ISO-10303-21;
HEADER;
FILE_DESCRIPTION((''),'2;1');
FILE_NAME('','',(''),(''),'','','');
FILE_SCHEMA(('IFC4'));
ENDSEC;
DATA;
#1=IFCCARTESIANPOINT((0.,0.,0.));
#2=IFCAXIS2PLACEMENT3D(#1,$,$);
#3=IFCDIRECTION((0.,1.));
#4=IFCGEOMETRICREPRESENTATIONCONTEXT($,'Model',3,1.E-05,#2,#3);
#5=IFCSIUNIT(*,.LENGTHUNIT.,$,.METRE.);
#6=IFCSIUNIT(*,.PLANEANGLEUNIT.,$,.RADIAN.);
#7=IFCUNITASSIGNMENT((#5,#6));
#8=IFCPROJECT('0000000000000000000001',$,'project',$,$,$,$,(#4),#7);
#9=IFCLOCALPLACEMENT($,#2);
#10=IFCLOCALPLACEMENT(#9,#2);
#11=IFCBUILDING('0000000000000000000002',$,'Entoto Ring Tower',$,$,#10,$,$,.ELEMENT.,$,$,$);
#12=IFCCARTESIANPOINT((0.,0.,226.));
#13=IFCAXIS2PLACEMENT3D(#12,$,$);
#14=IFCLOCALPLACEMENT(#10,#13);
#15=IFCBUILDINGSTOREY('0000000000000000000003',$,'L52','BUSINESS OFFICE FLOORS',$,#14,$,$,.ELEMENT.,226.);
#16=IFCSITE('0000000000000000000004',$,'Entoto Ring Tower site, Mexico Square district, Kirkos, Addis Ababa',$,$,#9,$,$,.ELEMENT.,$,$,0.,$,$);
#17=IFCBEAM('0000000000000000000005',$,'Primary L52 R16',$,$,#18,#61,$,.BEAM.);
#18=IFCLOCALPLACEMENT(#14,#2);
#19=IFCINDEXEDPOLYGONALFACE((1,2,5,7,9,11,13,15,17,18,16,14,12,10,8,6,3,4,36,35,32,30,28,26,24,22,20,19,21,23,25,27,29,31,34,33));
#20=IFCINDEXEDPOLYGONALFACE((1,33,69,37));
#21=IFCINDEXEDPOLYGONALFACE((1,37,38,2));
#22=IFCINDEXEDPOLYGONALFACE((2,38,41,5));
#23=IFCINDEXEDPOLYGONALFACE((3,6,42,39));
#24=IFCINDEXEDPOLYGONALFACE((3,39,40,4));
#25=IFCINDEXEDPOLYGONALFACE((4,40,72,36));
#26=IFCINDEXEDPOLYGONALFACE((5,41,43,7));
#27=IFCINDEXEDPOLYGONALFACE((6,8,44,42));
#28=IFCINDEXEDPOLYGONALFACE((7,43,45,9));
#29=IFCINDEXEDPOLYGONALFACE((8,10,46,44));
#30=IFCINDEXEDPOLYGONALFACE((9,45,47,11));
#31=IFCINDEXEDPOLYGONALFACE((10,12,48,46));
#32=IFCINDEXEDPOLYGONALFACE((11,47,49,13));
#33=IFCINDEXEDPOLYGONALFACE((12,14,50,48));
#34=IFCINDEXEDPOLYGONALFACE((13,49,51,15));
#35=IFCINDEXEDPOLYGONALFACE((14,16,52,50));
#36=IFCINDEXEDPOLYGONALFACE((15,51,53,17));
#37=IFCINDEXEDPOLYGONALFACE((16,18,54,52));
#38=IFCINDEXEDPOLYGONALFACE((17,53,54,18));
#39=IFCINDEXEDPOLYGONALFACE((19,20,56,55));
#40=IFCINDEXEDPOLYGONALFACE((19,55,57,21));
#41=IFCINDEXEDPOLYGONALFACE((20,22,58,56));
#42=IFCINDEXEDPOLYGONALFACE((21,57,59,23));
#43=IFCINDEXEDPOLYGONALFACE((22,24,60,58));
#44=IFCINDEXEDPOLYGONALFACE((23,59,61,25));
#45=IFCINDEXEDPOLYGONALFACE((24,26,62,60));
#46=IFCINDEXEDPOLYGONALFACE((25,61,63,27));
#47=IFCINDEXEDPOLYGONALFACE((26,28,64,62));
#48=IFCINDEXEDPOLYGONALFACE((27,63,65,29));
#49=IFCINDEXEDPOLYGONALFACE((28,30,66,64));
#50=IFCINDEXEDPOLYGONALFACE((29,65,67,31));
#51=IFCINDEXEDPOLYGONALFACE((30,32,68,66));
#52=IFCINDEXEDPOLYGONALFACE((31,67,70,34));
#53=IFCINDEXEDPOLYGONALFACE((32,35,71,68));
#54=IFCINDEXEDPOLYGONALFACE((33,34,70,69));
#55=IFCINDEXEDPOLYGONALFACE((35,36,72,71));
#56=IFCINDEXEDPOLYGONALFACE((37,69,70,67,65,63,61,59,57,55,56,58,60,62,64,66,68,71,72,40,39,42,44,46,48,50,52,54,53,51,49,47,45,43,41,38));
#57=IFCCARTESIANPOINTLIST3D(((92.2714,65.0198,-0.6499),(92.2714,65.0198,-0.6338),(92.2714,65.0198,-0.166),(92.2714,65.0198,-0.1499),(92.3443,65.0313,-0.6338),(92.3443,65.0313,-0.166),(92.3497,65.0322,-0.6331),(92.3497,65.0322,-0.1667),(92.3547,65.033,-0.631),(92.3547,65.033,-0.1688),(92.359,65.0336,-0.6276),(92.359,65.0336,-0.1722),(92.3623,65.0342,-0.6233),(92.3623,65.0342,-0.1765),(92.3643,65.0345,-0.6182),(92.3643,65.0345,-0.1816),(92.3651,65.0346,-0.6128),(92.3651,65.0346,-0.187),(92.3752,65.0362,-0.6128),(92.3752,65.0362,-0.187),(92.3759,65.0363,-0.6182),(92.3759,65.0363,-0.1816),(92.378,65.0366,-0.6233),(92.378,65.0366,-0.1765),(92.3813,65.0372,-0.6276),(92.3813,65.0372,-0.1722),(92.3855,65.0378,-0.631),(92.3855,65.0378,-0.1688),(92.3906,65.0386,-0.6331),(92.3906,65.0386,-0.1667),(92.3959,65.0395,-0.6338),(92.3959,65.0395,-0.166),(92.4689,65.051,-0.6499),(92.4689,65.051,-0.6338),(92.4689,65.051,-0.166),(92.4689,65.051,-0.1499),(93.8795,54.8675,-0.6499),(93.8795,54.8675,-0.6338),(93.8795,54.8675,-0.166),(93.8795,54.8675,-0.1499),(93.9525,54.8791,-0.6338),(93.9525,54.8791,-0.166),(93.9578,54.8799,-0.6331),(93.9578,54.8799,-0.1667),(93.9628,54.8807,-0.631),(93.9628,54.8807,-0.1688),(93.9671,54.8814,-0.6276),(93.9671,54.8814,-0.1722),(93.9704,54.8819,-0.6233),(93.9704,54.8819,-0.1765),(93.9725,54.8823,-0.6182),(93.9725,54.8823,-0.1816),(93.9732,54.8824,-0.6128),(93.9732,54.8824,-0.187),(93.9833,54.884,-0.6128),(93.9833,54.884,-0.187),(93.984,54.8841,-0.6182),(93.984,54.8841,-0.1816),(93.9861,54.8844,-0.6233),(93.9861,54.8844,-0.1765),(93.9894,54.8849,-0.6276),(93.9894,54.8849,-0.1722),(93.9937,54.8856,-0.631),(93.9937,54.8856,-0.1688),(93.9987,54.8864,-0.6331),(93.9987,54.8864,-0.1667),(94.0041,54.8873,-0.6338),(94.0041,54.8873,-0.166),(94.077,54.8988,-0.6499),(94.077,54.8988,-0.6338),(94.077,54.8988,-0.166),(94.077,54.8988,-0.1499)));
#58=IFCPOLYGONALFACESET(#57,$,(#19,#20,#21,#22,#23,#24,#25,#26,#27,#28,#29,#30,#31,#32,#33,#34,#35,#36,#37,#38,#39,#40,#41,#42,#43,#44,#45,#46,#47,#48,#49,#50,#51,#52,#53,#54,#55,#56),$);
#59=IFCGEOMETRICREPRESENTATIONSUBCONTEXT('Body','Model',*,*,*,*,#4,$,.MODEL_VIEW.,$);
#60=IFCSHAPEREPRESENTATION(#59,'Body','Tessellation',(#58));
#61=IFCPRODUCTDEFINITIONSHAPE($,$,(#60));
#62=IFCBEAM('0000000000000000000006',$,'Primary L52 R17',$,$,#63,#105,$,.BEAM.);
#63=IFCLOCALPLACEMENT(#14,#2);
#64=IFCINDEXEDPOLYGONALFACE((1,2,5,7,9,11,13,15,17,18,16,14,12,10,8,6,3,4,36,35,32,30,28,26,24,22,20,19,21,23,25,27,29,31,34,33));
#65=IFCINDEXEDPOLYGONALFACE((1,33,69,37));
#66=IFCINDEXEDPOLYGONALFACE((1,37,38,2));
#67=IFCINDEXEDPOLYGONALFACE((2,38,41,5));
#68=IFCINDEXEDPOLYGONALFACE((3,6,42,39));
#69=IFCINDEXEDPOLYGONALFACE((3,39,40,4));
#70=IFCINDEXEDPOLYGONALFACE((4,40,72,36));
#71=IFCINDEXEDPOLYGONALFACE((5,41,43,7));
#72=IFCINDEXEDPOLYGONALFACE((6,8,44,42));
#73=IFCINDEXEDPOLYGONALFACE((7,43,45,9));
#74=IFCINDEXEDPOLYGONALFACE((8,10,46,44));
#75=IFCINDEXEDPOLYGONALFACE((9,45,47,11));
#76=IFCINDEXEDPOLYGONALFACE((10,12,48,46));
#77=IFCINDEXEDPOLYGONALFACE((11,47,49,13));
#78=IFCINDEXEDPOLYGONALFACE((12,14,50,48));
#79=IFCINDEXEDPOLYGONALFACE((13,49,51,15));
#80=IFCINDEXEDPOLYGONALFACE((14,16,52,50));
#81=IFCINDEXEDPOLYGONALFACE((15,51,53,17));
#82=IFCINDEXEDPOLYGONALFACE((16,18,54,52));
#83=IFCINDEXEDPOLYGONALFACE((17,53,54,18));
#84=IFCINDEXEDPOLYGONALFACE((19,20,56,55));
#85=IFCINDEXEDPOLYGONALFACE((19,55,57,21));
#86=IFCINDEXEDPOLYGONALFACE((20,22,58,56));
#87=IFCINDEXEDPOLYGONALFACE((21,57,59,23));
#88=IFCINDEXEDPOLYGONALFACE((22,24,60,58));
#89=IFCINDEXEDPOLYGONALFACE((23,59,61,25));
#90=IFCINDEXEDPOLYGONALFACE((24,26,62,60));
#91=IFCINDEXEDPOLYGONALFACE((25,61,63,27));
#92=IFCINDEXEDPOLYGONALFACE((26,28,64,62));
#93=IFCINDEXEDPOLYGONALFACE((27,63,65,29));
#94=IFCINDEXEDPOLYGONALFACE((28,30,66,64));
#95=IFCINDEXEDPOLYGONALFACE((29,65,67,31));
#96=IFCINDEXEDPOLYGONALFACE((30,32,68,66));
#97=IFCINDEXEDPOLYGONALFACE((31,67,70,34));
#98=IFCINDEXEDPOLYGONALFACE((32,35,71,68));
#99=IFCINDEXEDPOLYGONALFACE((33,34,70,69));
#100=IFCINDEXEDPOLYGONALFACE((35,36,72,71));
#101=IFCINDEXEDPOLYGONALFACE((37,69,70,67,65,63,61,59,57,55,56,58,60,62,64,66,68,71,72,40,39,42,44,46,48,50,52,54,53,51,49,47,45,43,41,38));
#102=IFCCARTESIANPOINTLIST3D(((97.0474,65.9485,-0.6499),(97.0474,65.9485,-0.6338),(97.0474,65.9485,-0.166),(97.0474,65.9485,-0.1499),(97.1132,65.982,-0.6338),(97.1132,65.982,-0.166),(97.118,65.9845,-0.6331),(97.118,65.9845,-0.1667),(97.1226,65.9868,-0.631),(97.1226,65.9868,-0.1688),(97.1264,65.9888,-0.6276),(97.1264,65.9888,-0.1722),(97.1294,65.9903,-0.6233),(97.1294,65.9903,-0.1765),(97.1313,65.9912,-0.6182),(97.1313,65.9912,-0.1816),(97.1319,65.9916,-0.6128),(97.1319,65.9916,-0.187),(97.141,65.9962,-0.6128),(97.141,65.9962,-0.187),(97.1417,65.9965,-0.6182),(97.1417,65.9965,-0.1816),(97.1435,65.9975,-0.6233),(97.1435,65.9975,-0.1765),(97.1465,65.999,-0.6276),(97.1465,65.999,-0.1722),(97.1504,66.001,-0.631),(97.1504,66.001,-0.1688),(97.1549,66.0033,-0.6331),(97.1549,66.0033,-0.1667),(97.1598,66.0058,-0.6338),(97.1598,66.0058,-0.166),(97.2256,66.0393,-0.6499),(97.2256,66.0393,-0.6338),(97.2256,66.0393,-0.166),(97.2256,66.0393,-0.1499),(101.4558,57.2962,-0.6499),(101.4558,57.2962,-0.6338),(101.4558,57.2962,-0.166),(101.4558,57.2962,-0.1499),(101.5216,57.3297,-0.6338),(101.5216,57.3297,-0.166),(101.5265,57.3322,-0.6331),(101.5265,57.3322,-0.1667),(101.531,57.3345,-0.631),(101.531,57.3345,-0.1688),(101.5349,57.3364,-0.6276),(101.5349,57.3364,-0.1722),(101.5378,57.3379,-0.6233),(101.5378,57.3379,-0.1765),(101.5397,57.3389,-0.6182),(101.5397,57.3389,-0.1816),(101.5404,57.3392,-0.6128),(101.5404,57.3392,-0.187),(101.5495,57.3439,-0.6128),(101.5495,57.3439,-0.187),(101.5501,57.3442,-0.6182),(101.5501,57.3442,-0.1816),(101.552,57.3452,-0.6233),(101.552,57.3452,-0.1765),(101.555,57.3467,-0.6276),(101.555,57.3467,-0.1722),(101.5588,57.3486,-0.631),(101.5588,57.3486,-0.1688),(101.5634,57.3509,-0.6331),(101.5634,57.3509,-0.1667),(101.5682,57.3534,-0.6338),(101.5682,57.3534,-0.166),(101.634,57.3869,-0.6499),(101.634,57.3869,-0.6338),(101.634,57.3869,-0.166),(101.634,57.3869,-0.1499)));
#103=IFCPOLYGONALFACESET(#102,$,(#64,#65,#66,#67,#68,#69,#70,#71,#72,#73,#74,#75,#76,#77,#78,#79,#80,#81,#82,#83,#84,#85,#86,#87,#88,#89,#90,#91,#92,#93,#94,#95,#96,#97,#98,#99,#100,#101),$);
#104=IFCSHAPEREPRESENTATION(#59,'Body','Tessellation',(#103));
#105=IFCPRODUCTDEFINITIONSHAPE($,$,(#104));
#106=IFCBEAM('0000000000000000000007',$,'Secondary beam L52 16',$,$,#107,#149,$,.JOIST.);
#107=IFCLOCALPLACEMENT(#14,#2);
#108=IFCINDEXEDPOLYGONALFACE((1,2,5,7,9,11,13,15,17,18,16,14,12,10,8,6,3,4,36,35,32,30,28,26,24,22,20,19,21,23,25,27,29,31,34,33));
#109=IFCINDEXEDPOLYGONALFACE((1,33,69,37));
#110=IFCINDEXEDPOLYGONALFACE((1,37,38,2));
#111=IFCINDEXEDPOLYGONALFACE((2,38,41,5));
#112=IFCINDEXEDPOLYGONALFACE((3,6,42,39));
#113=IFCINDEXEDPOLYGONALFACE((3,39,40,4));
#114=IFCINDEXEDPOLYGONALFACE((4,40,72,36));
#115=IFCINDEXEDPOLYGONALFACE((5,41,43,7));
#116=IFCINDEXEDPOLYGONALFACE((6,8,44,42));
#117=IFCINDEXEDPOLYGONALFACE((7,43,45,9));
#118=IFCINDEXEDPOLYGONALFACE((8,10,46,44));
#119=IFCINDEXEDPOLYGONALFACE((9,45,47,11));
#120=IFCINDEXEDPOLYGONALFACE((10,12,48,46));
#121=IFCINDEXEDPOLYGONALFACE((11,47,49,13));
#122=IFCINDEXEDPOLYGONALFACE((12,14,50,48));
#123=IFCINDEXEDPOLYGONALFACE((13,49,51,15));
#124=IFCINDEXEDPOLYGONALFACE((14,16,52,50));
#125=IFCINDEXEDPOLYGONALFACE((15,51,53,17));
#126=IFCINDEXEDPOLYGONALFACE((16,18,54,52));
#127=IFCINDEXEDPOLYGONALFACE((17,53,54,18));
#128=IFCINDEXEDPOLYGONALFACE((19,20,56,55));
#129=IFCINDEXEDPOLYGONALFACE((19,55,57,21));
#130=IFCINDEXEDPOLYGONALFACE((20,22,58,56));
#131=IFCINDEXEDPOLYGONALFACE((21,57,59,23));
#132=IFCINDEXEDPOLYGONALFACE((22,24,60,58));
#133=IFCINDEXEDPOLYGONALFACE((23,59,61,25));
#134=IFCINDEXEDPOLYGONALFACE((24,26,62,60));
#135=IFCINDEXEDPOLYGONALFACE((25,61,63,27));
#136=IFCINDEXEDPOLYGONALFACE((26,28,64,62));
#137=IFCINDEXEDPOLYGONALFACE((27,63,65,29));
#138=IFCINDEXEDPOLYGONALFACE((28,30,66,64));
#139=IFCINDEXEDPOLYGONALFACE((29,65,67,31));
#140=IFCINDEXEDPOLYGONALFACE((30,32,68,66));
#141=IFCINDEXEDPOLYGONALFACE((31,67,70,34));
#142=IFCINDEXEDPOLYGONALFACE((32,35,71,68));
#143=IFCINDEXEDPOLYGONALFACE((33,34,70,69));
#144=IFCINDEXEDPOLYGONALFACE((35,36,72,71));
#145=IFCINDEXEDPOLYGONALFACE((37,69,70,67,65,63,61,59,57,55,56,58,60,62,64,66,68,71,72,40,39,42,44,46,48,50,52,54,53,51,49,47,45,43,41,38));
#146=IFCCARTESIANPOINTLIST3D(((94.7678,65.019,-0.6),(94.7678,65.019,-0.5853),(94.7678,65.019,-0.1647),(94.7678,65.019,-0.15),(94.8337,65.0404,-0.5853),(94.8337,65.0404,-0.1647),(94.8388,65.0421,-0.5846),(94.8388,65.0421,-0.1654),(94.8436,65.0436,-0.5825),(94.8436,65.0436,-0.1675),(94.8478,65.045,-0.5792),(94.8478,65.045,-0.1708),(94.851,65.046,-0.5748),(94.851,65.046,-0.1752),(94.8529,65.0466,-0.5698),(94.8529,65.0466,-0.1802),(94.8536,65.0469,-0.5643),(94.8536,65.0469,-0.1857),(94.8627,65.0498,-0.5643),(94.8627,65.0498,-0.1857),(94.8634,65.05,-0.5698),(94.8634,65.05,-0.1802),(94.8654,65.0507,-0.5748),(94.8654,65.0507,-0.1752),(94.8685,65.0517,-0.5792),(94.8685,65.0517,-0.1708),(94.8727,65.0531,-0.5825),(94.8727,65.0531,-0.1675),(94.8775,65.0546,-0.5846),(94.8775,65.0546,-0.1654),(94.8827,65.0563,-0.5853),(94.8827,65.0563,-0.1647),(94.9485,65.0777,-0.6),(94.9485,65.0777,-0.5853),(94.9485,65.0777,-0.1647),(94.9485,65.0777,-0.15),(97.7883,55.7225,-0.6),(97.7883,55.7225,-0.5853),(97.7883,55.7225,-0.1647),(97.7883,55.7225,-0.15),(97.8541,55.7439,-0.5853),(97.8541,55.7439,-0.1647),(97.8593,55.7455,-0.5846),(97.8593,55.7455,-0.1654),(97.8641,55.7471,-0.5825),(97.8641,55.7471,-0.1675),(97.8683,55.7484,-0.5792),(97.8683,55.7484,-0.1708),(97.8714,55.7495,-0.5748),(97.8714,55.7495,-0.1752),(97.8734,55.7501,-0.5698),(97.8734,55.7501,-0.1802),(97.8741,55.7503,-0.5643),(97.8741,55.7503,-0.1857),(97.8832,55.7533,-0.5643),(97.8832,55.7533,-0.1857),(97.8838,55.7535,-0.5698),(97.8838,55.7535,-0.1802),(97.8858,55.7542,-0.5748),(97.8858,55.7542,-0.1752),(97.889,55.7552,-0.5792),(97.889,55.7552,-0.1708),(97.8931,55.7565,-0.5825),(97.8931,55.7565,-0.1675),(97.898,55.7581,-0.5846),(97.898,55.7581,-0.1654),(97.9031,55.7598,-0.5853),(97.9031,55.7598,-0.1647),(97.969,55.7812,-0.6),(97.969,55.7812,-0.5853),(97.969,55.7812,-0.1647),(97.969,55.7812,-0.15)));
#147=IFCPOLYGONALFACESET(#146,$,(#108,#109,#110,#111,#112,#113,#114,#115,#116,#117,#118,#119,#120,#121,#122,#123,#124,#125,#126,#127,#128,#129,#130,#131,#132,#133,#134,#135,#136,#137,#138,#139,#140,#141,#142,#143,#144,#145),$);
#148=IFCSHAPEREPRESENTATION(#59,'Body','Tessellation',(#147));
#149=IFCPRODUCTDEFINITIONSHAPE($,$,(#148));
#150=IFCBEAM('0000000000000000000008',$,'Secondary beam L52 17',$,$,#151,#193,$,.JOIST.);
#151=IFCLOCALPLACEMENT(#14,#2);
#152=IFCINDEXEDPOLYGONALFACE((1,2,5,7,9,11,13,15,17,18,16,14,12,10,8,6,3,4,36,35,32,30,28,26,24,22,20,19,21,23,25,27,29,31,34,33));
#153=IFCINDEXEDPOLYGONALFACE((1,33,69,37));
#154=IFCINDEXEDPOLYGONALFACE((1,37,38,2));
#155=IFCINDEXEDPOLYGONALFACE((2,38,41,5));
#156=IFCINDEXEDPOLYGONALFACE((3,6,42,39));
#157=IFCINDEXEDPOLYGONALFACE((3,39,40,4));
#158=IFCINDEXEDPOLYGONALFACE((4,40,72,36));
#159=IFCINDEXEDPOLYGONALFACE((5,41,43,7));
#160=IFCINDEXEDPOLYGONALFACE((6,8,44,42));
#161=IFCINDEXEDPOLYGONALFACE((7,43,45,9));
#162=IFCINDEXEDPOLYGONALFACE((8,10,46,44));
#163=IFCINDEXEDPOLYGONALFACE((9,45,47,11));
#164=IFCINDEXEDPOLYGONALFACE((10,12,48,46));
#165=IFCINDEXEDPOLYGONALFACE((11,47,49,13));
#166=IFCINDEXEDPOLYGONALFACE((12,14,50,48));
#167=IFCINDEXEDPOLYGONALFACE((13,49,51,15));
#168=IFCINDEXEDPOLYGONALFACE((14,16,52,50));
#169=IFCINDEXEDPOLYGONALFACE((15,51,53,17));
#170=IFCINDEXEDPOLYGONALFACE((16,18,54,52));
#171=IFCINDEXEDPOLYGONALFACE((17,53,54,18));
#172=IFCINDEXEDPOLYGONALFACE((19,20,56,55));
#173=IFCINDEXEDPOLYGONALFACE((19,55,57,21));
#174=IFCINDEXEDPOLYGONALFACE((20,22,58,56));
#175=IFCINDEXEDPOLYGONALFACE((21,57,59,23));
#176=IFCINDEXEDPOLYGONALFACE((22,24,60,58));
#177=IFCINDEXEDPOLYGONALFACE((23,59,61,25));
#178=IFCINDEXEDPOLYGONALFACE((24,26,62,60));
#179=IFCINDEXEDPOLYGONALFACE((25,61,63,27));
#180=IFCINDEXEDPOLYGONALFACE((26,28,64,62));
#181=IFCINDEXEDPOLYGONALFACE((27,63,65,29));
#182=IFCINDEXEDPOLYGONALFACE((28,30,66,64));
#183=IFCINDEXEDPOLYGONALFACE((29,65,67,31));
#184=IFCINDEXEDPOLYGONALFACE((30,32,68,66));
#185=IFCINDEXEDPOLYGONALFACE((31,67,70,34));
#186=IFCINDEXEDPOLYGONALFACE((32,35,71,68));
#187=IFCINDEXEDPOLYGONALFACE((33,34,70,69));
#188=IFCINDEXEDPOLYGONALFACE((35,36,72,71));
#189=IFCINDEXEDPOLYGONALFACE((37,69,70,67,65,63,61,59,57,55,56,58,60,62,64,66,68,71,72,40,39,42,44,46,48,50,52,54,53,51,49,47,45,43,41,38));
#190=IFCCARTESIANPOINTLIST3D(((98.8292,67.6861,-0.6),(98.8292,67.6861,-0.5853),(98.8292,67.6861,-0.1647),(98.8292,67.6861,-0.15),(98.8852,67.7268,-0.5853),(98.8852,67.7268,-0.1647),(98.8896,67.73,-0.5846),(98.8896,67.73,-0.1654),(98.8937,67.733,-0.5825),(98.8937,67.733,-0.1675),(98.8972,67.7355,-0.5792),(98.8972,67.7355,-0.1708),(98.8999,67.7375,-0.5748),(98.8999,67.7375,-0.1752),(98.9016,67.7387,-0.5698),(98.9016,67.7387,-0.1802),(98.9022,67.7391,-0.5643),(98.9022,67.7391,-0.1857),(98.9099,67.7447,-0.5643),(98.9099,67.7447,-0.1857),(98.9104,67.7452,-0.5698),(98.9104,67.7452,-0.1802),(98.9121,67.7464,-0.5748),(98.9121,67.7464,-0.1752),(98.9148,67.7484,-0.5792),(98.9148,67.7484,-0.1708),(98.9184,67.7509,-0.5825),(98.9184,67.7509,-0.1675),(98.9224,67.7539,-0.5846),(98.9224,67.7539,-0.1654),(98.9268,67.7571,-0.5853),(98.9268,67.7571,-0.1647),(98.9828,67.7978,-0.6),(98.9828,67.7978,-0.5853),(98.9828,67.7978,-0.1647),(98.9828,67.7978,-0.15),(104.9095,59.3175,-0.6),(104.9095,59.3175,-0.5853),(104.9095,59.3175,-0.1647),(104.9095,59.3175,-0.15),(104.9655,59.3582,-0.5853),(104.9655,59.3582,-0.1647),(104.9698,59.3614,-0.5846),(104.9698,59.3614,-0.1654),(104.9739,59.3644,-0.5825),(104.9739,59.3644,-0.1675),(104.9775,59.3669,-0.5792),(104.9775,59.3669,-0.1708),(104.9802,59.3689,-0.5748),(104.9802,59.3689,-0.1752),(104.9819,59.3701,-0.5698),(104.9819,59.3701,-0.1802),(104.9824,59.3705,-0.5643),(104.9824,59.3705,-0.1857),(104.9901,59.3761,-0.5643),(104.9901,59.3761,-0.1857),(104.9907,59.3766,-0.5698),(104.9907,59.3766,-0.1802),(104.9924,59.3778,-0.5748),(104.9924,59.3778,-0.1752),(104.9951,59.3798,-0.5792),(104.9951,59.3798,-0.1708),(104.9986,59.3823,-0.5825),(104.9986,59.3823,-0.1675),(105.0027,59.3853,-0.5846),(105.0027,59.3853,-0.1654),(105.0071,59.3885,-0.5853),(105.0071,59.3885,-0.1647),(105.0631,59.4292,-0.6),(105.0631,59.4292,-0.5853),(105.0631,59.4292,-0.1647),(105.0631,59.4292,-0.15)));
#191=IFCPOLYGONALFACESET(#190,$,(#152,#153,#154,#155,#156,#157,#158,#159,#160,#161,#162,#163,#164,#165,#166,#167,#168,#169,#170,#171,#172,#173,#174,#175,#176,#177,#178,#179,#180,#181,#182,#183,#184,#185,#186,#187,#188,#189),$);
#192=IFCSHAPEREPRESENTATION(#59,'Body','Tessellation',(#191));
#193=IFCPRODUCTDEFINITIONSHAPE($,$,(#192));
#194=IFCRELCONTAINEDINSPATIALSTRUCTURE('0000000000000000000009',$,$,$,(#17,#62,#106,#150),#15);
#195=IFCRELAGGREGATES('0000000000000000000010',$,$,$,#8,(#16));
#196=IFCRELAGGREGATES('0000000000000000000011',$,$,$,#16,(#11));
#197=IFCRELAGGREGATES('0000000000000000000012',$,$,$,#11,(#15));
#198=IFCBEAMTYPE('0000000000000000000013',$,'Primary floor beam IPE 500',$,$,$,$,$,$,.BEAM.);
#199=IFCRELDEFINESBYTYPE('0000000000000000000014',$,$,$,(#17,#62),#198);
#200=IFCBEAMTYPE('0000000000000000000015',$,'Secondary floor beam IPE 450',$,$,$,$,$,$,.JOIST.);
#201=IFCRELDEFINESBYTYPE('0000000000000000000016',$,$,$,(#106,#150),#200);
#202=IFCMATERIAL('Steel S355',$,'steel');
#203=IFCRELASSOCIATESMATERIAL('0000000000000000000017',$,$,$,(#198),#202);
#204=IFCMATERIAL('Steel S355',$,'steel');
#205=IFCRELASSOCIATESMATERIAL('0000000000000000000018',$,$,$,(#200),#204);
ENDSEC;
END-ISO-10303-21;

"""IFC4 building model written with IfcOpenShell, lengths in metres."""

from ifc_helpers import new_model, si_unit, direction, frame, origin, origin_2d, place, context, subcontext, project, spatial, i_section, extrude, material, material_profile, profile_set, type_object, element, save


model = new_model("IFC4")

# Units and contexts
model_context = context("Model", 3, precision=1e-05, world=origin(), true_north=direction((0.0, 1.0)))
body_context = subcontext(model_context, "Body", "Model", "MODEL_VIEW")
ifc_project = project(units=[si_unit("LENGTHUNIT", "METRE"), si_unit("PLANEANGLEUNIT", "RADIAN")], contexts=[model_context])

# Site, building, storey
site_placement = place(None, origin())
site = spatial("IfcSite", under=ifc_project, at=site_placement, Name="Entoto Ring Tower site, Mexico Square district, Kirkos, Addis Ababa", CompositionType="ELEMENT", RefElevation=0.0)
building_placement = place(site_placement, origin())
building = spatial("IfcBuilding", under=site, at=building_placement, Name="Entoto Ring Tower", CompositionType="ELEMENT")
storey_placement = place(building_placement, frame((0.0, 0.0, 226.0)))
storey = spatial("IfcBuildingStorey", under=building, at=storey_placement, Name="L52", Description="BUSINESS OFFICE FLOORS", CompositionType="ELEMENT", Elevation=226.0)

# Beams
ifc_material_1 = material(Name="Steel S355", Category="steel")
ifc_material_profile_1 = material_profile(ifc_material_1, i_section(OverallWidth=0.2, OverallDepth=0.5, WebThickness=0.0103, FlangeThickness=0.0161, FilletRadius=0.021, at=origin_2d()), Name="IPE 500")
ifc_profile_set_1 = profile_set([ifc_material_profile_1], Name="Steel S355")
beam_type_1 = type_object("IfcBeamType", Name="Primary floor beam IPE 500", PredefinedType="BEAM", material=ifc_profile_set_1)
beam_1_placement = place(storey_placement, frame((92.3701, 65.0354, -0.3999), z_axis=(0.156452, -0.987686, 0.0), x_axis=(0.987686, 0.156452, 0.0)))
element("IfcBeam", 1, at=beam_1_placement, inside=storey, type_object=beam_type_1, Name="Primary L52 R16", PredefinedType="BEAM", context=body_context, shape_type="SweptSolid", body=[
    extrude(i_section(OverallWidth=0.2, OverallDepth=0.5, WebThickness=0.0103, FlangeThickness=0.0161, FilletRadius=0.021, at=origin_2d()), origin(), (0.0, 0.0, 1.0), 10.2788),
])
beam_2_placement = place(storey_placement, frame((97.1365, 65.9939, -0.3999), z_axis=(0.453979, -0.891012, 0.0), x_axis=(0.891012, 0.453979, 0.0)))
element("IfcBeam", 2, at=beam_2_placement, inside=storey, type_object=beam_type_1, Name="Primary L52 R17", PredefinedType="BEAM", context=body_context, shape_type="SweptSolid", body=[
    extrude(i_section(OverallWidth=0.2, OverallDepth=0.5, WebThickness=0.0103, FlangeThickness=0.0161, FilletRadius=0.021, at=origin_2d()), origin(), (0.0, 0.0, 1.0), 9.7107),
])
ifc_material_2 = material(Name="Steel S355", Category="steel")
ifc_material_profile_2 = material_profile(ifc_material_2, i_section(OverallWidth=0.1899, OverallDepth=0.45, WebThickness=0.0095, FlangeThickness=0.0146, FilletRadius=0.021, at=origin_2d()), Name="IPE 450")
ifc_profile_set_2 = profile_set([ifc_material_profile_2], Name="Steel S355")
beam_type_2 = type_object("IfcBeamType", Name="Secondary floor beam IPE 450", PredefinedType="JOIST", material=ifc_profile_set_2)
beam_3_placement = place(storey_placement, frame((94.8582, 65.0483, -0.375), z_axis=(0.309003, -0.951061, 0.0), x_axis=(0.951061, 0.309003, 0.0)))
element("IfcBeam", 3, at=beam_3_placement, inside=storey, type_object=beam_type_2, Name="Secondary beam L52 16", PredefinedType="JOIST", context=body_context, shape_type="SweptSolid", body=[
    extrude(i_section(OverallWidth=0.1899, OverallDepth=0.45, WebThickness=0.0095, FlangeThickness=0.0146, FilletRadius=0.021, at=origin_2d()), origin(), (0.0, 0.0, 1.0), 9.7749),
])
beam_4_placement = place(storey_placement, frame((98.906, 67.7419, -0.375), z_axis=(0.587794, -0.809011, 0.0), x_axis=(0.809011, 0.587794, 0.0)))
element("IfcBeam", 4, at=beam_4_placement, inside=storey, type_object=beam_type_2, Name="Secondary beam L52 17", PredefinedType="JOIST", context=body_context, shape_type="SweptSolid", body=[
    extrude(i_section(OverallWidth=0.1899, OverallDepth=0.45, WebThickness=0.0095, FlangeThickness=0.0146, FilletRadius=0.021, at=origin_2d()), origin(), (0.0, 0.0, 1.0), 10.3442),
])

save(model, "model.ifc")
